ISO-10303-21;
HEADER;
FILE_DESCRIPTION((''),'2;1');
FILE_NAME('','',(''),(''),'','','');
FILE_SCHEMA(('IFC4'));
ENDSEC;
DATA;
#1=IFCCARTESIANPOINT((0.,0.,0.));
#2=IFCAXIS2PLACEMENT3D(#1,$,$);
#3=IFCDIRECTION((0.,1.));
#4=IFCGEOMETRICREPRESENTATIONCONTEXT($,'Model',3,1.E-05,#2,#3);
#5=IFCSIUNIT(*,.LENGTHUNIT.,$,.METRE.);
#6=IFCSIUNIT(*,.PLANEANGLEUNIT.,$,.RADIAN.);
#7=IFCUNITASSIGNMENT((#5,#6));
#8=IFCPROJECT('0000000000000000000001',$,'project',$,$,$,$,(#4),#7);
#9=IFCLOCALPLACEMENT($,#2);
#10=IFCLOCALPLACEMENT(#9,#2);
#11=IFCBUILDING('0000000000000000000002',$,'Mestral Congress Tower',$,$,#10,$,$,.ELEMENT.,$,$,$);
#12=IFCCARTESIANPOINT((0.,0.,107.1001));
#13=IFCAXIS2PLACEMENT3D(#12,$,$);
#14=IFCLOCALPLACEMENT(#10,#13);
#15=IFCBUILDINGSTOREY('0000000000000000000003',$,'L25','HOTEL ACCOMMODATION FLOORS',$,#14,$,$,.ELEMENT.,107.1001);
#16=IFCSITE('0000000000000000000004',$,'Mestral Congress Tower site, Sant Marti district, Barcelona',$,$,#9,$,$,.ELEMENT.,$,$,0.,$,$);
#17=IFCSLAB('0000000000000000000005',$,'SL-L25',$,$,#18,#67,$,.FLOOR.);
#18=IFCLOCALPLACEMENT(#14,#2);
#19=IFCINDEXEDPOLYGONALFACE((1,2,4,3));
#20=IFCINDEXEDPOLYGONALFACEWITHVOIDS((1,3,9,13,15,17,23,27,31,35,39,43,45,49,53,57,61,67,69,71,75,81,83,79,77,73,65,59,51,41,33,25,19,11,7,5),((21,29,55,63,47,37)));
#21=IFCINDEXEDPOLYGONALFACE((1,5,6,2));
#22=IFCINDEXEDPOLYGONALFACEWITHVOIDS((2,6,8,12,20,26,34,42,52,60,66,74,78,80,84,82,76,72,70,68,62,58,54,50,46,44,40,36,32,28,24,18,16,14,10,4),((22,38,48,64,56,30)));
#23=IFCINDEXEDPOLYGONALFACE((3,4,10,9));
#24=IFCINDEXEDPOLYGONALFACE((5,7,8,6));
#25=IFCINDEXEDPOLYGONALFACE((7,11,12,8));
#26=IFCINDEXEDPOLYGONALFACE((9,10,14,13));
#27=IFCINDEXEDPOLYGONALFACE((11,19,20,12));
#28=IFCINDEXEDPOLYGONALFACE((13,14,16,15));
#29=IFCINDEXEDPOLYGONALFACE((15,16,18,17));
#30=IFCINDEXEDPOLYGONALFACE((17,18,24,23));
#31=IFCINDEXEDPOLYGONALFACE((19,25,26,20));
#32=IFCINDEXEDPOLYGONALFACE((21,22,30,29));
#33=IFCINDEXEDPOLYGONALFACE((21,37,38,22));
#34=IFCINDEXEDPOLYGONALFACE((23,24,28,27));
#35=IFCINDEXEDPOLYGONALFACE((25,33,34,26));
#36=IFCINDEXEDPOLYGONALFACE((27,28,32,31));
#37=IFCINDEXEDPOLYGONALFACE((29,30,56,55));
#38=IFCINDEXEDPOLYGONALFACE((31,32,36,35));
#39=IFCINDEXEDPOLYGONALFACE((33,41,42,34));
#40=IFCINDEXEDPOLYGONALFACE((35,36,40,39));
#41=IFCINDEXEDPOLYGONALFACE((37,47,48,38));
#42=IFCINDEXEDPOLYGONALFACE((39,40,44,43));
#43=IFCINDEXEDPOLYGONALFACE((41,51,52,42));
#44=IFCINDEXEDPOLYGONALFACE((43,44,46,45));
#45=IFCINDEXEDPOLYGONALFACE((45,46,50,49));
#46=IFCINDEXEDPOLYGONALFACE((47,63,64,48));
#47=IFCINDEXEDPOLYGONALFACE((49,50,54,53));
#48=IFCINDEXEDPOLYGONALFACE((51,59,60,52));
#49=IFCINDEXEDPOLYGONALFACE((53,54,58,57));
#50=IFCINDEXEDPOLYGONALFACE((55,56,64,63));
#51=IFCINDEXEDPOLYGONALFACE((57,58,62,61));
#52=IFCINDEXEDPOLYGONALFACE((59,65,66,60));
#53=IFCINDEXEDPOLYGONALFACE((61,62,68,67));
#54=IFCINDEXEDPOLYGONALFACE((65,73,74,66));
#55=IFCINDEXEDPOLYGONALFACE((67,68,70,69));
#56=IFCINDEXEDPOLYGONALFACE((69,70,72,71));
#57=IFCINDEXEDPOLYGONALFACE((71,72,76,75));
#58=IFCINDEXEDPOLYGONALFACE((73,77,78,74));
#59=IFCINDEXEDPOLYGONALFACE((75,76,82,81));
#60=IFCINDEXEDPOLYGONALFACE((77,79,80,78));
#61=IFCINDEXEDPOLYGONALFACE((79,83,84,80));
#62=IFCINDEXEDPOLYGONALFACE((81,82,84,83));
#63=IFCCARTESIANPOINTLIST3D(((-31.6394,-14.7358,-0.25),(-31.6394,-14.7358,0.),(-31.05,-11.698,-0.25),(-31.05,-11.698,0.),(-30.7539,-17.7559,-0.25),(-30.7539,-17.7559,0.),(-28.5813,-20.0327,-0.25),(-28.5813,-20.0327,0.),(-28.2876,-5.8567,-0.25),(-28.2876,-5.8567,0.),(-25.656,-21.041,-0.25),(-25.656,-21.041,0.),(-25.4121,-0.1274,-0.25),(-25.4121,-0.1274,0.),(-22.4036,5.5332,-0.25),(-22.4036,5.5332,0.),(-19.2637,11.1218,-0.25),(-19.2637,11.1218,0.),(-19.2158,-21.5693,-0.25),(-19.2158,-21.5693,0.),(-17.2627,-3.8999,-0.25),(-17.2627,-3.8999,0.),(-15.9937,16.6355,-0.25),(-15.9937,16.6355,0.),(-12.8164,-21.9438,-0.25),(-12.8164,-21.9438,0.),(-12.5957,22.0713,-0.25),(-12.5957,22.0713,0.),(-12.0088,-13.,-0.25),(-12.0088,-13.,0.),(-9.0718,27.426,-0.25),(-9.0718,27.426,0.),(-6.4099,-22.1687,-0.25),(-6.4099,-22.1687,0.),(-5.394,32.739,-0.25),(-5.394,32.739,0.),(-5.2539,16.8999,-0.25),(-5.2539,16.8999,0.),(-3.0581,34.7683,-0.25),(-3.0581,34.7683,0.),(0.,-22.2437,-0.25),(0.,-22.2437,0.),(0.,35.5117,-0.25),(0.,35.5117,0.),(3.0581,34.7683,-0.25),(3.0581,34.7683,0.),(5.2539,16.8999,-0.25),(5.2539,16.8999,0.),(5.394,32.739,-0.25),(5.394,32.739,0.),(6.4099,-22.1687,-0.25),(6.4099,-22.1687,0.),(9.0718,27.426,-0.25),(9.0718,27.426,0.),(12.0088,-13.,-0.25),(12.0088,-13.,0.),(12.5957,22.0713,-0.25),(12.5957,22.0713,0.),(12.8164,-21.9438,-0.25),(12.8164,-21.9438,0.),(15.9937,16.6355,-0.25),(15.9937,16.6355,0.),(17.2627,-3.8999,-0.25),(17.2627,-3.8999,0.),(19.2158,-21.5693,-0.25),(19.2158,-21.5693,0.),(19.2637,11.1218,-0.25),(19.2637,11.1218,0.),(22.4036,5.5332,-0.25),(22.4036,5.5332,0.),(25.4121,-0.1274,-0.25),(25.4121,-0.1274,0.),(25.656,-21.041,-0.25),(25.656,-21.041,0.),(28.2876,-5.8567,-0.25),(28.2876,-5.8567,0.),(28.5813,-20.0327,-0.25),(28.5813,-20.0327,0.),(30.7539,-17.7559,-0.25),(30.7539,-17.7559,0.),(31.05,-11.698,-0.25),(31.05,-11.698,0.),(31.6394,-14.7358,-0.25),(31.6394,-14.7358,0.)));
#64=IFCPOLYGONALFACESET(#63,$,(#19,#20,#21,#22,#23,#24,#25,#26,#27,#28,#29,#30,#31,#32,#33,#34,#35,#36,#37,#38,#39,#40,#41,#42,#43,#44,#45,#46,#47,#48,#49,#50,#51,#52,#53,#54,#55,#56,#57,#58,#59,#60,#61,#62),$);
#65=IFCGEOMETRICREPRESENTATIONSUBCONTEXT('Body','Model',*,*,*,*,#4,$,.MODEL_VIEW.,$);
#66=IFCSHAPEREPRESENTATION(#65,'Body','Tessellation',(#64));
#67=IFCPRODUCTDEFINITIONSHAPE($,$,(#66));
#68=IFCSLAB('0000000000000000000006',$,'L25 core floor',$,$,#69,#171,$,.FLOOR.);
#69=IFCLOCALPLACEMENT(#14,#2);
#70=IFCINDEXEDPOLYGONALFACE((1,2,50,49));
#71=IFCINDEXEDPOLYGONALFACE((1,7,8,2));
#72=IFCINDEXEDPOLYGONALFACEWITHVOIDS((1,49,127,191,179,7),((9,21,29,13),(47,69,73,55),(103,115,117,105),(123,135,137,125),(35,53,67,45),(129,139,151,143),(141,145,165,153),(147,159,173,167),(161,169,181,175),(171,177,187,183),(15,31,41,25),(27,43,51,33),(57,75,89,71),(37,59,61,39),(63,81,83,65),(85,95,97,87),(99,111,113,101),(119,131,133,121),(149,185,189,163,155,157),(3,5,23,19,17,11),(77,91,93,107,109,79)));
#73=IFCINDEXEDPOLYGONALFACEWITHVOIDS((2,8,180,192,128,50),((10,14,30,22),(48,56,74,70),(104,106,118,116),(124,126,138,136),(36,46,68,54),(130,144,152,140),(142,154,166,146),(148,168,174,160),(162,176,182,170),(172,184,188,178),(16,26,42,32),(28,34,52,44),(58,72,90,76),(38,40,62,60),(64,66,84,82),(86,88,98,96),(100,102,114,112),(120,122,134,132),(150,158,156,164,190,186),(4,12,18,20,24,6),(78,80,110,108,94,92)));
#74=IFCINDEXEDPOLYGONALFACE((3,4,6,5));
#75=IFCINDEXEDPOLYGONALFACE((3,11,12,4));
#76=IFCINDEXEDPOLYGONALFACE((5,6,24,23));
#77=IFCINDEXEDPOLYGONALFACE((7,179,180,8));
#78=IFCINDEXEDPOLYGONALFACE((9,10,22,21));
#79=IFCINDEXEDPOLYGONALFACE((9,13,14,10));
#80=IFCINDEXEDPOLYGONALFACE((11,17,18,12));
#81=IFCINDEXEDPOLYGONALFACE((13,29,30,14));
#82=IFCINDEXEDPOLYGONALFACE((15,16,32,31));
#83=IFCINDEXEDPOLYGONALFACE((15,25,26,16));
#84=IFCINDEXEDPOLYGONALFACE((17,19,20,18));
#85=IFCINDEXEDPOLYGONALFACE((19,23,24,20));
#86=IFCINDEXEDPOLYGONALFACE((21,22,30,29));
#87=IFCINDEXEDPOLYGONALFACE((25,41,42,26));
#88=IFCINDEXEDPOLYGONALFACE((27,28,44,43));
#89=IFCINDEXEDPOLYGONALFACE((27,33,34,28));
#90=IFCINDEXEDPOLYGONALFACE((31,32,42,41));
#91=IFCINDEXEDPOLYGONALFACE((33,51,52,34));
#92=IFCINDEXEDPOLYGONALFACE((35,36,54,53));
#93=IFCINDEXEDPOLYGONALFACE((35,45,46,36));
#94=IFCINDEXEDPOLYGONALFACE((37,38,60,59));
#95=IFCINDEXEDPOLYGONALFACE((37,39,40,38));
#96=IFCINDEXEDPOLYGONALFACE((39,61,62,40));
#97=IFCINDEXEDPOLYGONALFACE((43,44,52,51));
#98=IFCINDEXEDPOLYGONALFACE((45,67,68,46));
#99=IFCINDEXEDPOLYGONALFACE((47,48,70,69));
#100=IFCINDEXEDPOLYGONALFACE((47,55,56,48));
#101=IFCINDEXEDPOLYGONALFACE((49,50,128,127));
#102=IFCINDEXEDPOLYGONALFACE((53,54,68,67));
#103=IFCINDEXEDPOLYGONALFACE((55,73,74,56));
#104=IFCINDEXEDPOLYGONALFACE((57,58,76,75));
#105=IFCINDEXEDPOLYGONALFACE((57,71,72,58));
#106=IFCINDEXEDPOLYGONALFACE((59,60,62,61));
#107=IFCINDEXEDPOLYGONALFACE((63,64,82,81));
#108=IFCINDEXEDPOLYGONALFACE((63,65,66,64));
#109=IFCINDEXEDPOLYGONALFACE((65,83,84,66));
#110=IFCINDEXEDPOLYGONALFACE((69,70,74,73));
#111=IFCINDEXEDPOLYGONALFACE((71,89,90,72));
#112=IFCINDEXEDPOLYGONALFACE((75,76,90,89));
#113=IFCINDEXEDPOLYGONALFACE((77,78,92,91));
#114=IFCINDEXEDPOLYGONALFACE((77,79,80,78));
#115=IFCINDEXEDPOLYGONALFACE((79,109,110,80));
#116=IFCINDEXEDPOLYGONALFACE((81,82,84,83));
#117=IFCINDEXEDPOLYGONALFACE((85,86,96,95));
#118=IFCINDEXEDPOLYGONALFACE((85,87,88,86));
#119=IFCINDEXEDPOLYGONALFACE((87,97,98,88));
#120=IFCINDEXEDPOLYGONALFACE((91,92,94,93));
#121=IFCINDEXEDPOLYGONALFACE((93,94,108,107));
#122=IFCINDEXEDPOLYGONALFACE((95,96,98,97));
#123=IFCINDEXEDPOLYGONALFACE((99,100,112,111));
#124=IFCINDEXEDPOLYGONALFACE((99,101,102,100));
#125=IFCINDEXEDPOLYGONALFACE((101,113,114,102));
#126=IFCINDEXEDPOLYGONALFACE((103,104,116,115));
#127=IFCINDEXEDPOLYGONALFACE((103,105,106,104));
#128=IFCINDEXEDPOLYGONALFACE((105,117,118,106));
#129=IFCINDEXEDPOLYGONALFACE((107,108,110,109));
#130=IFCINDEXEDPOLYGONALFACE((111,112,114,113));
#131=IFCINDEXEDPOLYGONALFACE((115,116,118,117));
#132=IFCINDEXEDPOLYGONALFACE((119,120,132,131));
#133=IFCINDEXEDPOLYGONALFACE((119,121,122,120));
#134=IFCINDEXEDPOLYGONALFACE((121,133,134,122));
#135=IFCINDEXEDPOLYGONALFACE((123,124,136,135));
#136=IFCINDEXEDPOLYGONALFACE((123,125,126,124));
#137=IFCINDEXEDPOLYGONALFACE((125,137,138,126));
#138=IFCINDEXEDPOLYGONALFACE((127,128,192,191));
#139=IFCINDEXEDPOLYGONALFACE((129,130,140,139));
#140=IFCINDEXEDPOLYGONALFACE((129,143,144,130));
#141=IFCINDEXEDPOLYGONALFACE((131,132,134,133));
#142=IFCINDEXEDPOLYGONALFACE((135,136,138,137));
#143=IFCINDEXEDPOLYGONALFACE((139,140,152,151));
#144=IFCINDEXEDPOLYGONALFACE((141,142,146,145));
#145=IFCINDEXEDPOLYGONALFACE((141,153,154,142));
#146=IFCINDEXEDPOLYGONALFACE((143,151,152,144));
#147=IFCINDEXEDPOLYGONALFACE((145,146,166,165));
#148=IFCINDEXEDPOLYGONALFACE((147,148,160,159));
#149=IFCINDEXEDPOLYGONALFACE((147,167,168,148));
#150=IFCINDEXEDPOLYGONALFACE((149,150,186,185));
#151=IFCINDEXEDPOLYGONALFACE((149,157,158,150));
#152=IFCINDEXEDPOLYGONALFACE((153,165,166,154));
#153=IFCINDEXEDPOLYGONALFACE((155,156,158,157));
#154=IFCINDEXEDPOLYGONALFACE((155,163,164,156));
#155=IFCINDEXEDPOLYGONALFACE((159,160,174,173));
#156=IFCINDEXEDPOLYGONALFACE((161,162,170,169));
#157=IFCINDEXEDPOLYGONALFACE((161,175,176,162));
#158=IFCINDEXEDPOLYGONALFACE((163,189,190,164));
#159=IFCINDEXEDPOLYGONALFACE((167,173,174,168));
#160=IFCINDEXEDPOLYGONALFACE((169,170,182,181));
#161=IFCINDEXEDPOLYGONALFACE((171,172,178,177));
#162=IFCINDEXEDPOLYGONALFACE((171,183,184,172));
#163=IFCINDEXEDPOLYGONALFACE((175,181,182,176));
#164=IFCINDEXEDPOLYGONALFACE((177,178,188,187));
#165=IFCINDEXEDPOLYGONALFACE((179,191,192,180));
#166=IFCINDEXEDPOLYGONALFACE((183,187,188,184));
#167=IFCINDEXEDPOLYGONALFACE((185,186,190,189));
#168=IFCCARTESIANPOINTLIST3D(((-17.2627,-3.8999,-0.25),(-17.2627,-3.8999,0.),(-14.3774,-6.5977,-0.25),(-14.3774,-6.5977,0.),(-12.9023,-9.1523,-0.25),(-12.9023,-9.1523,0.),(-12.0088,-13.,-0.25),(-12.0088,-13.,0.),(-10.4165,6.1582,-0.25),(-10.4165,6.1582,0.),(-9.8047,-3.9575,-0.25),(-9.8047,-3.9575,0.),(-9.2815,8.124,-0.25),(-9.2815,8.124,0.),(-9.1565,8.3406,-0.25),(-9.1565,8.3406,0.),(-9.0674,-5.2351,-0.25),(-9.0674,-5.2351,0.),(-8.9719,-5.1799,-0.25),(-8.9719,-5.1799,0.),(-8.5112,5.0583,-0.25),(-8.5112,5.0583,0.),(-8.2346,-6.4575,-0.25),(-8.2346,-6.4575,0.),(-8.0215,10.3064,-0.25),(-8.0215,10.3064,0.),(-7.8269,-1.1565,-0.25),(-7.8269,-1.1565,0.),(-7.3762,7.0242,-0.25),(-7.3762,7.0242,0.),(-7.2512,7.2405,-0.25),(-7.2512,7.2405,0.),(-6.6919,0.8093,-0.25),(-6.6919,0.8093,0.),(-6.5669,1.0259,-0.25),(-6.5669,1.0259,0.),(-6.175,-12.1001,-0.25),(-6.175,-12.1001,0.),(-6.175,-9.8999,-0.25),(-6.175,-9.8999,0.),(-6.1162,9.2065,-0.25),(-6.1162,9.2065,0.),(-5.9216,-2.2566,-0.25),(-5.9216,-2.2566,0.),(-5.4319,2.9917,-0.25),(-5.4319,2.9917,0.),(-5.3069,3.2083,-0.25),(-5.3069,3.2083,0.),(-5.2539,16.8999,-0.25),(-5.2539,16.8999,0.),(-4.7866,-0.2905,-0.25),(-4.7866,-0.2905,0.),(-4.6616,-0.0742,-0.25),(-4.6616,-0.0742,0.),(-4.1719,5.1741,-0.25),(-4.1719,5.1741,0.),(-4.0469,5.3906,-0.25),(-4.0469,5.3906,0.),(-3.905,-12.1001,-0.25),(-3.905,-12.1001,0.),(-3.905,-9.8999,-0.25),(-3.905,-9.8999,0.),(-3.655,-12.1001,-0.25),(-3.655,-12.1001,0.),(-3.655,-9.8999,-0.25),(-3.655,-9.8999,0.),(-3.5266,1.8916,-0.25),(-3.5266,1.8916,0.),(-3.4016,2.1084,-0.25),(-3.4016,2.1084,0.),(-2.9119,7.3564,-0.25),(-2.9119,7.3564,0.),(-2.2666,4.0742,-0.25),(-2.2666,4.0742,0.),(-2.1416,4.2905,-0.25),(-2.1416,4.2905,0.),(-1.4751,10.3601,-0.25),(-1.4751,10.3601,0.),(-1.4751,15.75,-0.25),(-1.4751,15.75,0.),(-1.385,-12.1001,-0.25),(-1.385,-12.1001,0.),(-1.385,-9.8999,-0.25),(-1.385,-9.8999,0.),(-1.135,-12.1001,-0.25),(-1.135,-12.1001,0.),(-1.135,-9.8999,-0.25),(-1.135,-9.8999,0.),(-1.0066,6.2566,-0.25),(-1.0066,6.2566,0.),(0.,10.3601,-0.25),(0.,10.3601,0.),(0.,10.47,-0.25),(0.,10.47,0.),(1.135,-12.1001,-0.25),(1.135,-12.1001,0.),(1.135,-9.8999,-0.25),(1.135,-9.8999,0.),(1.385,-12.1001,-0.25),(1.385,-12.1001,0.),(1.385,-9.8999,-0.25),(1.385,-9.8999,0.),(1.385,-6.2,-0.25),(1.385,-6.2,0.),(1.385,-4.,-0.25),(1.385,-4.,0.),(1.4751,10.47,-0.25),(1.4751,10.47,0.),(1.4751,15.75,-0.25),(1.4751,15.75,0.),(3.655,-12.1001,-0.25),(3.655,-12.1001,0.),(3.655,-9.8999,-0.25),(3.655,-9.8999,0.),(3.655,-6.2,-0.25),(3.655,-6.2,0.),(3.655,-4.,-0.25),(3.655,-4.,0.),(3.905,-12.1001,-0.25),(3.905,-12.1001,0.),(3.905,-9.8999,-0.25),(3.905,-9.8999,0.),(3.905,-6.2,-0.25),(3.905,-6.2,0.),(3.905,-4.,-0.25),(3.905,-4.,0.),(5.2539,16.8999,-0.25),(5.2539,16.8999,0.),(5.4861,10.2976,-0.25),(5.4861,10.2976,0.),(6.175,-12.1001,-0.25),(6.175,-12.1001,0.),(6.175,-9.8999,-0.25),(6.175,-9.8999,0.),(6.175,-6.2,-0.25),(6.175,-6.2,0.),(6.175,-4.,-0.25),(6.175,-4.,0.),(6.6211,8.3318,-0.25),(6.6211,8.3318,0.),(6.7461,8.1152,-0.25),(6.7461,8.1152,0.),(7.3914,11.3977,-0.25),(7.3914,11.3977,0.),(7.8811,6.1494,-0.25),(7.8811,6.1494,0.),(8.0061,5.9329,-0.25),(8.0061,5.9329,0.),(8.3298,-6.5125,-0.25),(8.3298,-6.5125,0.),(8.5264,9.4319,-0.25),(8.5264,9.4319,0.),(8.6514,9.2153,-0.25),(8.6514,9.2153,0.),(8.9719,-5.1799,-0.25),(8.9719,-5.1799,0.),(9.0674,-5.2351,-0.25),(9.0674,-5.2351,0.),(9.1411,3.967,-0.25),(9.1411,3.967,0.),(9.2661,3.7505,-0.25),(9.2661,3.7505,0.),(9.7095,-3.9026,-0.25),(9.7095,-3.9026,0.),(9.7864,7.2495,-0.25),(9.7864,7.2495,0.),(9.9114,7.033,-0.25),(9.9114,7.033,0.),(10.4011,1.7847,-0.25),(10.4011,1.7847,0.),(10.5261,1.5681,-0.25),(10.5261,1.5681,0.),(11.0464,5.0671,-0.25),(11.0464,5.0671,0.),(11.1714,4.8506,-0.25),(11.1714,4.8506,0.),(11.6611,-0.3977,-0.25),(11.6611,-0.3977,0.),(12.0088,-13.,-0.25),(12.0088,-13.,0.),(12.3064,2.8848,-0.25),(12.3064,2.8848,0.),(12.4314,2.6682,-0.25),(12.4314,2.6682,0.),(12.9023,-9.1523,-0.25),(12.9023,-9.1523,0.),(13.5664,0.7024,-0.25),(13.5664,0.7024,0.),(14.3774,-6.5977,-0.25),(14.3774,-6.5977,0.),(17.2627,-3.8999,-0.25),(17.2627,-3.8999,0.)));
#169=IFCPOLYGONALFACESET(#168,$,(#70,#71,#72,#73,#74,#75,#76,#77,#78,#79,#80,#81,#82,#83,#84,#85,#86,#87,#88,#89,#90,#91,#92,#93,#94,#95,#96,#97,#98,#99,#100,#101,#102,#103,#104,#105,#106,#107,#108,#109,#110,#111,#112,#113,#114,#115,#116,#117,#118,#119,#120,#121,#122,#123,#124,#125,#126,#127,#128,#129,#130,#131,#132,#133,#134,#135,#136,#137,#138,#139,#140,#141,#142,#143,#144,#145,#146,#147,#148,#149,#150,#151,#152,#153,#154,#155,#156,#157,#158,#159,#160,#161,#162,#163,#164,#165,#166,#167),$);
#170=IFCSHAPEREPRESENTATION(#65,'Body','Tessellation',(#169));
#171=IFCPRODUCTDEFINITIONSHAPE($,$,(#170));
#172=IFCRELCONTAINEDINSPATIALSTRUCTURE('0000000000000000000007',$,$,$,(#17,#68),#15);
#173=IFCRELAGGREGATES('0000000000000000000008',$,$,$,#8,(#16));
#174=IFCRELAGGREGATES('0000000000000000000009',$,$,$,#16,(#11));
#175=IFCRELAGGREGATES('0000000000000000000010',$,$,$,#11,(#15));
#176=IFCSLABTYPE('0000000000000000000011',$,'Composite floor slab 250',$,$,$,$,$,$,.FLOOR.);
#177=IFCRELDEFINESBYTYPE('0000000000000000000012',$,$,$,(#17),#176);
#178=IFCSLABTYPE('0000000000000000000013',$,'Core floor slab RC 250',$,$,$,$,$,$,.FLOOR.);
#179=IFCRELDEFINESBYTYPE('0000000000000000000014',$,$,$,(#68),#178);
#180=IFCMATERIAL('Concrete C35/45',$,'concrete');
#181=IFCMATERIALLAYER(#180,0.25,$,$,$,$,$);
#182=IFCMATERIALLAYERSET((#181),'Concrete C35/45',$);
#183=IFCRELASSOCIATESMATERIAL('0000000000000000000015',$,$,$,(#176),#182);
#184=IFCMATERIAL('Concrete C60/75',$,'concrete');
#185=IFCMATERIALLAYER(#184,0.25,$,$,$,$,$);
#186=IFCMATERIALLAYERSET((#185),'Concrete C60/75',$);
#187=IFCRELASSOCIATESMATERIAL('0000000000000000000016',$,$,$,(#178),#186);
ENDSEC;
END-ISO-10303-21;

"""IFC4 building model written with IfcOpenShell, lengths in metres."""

from ifc_helpers import new_model, si_unit, direction, frame, origin, place, context, subcontext, project, spatial, polyline, outline, extrude, material, layer, layer_set, type_object, element, save


model = new_model("IFC4")

# Units and contexts
model_context = context("Model", 3, precision=1e-05, world=origin(), true_north=direction((0.0, 1.0)))
body_context = subcontext(model_context, "Body", "Model", "MODEL_VIEW")
ifc_project = project(units=[si_unit("LENGTHUNIT", "METRE"), si_unit("PLANEANGLEUNIT", "RADIAN")], contexts=[model_context])

# Site, building, storey
site_placement = place(None, origin())
site = spatial("IfcSite", under=ifc_project, at=site_placement, Name="Mestral Congress Tower site, Sant Marti district, Barcelona", CompositionType="ELEMENT", RefElevation=0.0)
building_placement = place(site_placement, origin())
building = spatial("IfcBuilding", under=site, at=building_placement, Name="Mestral Congress Tower", CompositionType="ELEMENT")
storey_placement = place(building_placement, frame((0.0, 0.0, 107.1001)))
storey = spatial("IfcBuildingStorey", under=building, at=storey_placement, Name="L25", Description="HOTEL ACCOMMODATION FLOORS", CompositionType="ELEMENT", Elevation=107.1001)

# Slabs
ifc_material_1 = material(Name="Concrete C35/45", Category="concrete")
ifc_layer_1 = layer(ifc_material_1, 0.25)
ifc_layer_set_1 = layer_set([ifc_layer_1], Name="Concrete C35/45")
slab_type_1 = type_object("IfcSlabType", Name="Composite floor slab 250", PredefinedType="FLOOR", material=ifc_layer_set_1)
placement_1 = place(storey_placement, frame((0.0, 0.0, -0.25)))
element("IfcSlab", 1, at=placement_1, inside=storey, type_object=slab_type_1, Name="SL-L25", PredefinedType="FLOOR", context=body_context, shape_type="SweptSolid", body=[
    extrude(outline(polyline([(-25.656, -21.041), (-28.5813, -20.0327), (-30.7539, -17.7559), (-31.6394, -14.7358), (-31.05, -11.698), (-28.2876, -5.8567), (-25.4121, -0.1274), (-22.4036, 5.5332), (-19.2637, 11.1218), (-15.9937, 16.6355), (-12.5957, 22.0713), (-9.0718, 27.426), (-5.394, 32.739), (-3.0581, 34.7683), (0.0, 35.5117), (3.0581, 34.7683), (5.394, 32.739), (9.0718, 27.426), (12.5957, 22.0713), (15.9937, 16.6355), (19.2637, 11.1218), (22.4036, 5.5332), (25.4121, -0.1274), (28.2876, -5.8567), (31.05, -11.698), (31.6394, -14.7358), (30.7539, -17.7559), (28.5813, -20.0327), (25.656, -21.041), (19.2158, -21.5693), (12.8164, -21.9438), (6.4099, -22.1687), (0.0, -22.2437), (-6.4099, -22.1687), (-12.8164, -21.9438), (-19.2158, -21.5693), (-25.656, -21.041)]), holes=[polyline([(-5.2539, 16.8999), (-17.2627, -3.8999), (-12.0088, -13.0), (12.0088, -13.0), (17.2627, -3.8999), (5.2539, 16.8999), (-5.2539, 16.8999)])]), origin(), (0.0, 0.0, 1.0), 0.25),
])
ifc_material_2 = material(Name="Concrete C60/75", Category="concrete")
ifc_layer_2 = layer(ifc_material_2, 0.25)
ifc_layer_set_2 = layer_set([ifc_layer_2], Name="Concrete C60/75")
slab_type_2 = type_object("IfcSlabType", Name="Core floor slab RC 250", PredefinedType="FLOOR", material=ifc_layer_set_2)
element("IfcSlab", 2, at=placement_1, inside=storey, type_object=slab_type_2, Name="L25 core floor", PredefinedType="FLOOR", context=body_context, shape_type="SweptSolid", body=[
    extrude(outline(polyline([(12.0088, -13.0), (-12.0088, -13.0), (-17.2627, -3.8999), (-5.2539, 16.8999), (5.2539, 16.8999), (17.2627, -3.8999), (12.0088, -13.0)]), holes=[polyline([(-3.905, -9.8999), (-6.175, -9.8999), (-6.175, -12.1001), (-3.905, -12.1001), (-3.905, -9.8999)]), polyline([(-1.385, -9.8999), (-3.655, -9.8999), (-3.655, -12.1001), (-1.385, -12.1001), (-1.385, -9.8999)]), polyline([(1.135, -9.8999), (-1.135, -9.8999), (-1.135, -12.1001), (1.135, -12.1001), (1.135, -9.8999)]), polyline([(-9.0674, -5.2351), (-9.8047, -3.9575), (-14.3774, -6.5977), (-12.9023, -9.1523), (-8.2346, -6.4575), (-8.9719, -5.1799), (-9.0674, -5.2351)]), polyline([(-7.8269, -1.1565), (-5.9216, -2.2566), (-4.7866, -0.2905), (-6.6919, 0.8093), (-7.8269, -1.1565)]), polyline([(-4.6616, -0.0742), (-3.5266, 1.8916), (-5.4319, 2.9917), (-6.5669, 1.0259), (-4.6616, -0.0742)]), polyline([(-3.4016, 2.1084), (-2.2666, 4.0742), (-4.1719, 5.1741), (-5.3069, 3.2083), (-3.4016, 2.1084)]), polyline([(-2.1416, 4.2905), (-1.0066, 6.2566), (-2.9119, 7.3564), (-4.0469, 5.3906), (-2.1416, 4.2905)]), polyline([(-10.4165, 6.1582), (-8.5112, 5.0583), (-7.3762, 7.0242), (-9.2815, 8.124), (-10.4165, 6.1582)]), polyline([(-9.1565, 8.3406), (-7.2512, 7.2405), (-6.1162, 9.2065), (-8.0215, 10.3064), (-9.1565, 8.3406)]), polyline([(1.4751, 10.47), (1.4751, 15.75), (-1.4751, 15.75), (-1.4751, 10.3601), (0.0, 10.3601), (0.0, 10.47), (1.4751, 10.47)]), polyline([(3.655, -9.8999), (1.385, -9.8999), (1.385, -12.1001), (3.655, -12.1001), (3.655, -9.8999)]), polyline([(6.175, -9.8999), (3.905, -9.8999), (3.905, -12.1001), (6.175, -12.1001), (6.175, -9.8999)]), polyline([(9.0674, -5.2351), (8.3298, -6.5125), (12.9023, -9.1523), (14.3774, -6.5977), (9.7095, -3.9026), (8.9719, -5.1799), (9.0674, -5.2351)]), polyline([(3.655, -6.2), (3.655, -4.0), (1.385, -4.0), (1.385, -6.2), (3.655, -6.2)]), polyline([(6.175, -4.0), (3.905, -4.0), (3.905, -6.2), (6.175, -6.2), (6.175, -4.0)]), polyline([(12.4314, 2.6682), (10.5261, 1.5681), (11.6611, -0.3977), (13.5664, 0.7024), (12.4314, 2.6682)]), polyline([(11.1714, 4.8506), (9.2661, 3.7505), (10.4011, 1.7847), (12.3064, 2.8848), (11.1714, 4.8506)]), polyline([(8.0061, 5.9329), (9.1411, 3.967), (11.0464, 5.0671), (9.9114, 7.033), (8.0061, 5.9329)]), polyline([(8.6514, 9.2153), (6.7461, 8.1152), (7.8811, 6.1494), (9.7864, 7.2495), (8.6514, 9.2153)]), polyline([(7.3914, 11.3977), (5.4861, 10.2976), (6.6211, 8.3318), (8.5264, 9.4319), (7.3914, 11.3977)])]), origin(), (0.0, 0.0, 1.0), 0.25),
])

save(model, "model.ifc")
